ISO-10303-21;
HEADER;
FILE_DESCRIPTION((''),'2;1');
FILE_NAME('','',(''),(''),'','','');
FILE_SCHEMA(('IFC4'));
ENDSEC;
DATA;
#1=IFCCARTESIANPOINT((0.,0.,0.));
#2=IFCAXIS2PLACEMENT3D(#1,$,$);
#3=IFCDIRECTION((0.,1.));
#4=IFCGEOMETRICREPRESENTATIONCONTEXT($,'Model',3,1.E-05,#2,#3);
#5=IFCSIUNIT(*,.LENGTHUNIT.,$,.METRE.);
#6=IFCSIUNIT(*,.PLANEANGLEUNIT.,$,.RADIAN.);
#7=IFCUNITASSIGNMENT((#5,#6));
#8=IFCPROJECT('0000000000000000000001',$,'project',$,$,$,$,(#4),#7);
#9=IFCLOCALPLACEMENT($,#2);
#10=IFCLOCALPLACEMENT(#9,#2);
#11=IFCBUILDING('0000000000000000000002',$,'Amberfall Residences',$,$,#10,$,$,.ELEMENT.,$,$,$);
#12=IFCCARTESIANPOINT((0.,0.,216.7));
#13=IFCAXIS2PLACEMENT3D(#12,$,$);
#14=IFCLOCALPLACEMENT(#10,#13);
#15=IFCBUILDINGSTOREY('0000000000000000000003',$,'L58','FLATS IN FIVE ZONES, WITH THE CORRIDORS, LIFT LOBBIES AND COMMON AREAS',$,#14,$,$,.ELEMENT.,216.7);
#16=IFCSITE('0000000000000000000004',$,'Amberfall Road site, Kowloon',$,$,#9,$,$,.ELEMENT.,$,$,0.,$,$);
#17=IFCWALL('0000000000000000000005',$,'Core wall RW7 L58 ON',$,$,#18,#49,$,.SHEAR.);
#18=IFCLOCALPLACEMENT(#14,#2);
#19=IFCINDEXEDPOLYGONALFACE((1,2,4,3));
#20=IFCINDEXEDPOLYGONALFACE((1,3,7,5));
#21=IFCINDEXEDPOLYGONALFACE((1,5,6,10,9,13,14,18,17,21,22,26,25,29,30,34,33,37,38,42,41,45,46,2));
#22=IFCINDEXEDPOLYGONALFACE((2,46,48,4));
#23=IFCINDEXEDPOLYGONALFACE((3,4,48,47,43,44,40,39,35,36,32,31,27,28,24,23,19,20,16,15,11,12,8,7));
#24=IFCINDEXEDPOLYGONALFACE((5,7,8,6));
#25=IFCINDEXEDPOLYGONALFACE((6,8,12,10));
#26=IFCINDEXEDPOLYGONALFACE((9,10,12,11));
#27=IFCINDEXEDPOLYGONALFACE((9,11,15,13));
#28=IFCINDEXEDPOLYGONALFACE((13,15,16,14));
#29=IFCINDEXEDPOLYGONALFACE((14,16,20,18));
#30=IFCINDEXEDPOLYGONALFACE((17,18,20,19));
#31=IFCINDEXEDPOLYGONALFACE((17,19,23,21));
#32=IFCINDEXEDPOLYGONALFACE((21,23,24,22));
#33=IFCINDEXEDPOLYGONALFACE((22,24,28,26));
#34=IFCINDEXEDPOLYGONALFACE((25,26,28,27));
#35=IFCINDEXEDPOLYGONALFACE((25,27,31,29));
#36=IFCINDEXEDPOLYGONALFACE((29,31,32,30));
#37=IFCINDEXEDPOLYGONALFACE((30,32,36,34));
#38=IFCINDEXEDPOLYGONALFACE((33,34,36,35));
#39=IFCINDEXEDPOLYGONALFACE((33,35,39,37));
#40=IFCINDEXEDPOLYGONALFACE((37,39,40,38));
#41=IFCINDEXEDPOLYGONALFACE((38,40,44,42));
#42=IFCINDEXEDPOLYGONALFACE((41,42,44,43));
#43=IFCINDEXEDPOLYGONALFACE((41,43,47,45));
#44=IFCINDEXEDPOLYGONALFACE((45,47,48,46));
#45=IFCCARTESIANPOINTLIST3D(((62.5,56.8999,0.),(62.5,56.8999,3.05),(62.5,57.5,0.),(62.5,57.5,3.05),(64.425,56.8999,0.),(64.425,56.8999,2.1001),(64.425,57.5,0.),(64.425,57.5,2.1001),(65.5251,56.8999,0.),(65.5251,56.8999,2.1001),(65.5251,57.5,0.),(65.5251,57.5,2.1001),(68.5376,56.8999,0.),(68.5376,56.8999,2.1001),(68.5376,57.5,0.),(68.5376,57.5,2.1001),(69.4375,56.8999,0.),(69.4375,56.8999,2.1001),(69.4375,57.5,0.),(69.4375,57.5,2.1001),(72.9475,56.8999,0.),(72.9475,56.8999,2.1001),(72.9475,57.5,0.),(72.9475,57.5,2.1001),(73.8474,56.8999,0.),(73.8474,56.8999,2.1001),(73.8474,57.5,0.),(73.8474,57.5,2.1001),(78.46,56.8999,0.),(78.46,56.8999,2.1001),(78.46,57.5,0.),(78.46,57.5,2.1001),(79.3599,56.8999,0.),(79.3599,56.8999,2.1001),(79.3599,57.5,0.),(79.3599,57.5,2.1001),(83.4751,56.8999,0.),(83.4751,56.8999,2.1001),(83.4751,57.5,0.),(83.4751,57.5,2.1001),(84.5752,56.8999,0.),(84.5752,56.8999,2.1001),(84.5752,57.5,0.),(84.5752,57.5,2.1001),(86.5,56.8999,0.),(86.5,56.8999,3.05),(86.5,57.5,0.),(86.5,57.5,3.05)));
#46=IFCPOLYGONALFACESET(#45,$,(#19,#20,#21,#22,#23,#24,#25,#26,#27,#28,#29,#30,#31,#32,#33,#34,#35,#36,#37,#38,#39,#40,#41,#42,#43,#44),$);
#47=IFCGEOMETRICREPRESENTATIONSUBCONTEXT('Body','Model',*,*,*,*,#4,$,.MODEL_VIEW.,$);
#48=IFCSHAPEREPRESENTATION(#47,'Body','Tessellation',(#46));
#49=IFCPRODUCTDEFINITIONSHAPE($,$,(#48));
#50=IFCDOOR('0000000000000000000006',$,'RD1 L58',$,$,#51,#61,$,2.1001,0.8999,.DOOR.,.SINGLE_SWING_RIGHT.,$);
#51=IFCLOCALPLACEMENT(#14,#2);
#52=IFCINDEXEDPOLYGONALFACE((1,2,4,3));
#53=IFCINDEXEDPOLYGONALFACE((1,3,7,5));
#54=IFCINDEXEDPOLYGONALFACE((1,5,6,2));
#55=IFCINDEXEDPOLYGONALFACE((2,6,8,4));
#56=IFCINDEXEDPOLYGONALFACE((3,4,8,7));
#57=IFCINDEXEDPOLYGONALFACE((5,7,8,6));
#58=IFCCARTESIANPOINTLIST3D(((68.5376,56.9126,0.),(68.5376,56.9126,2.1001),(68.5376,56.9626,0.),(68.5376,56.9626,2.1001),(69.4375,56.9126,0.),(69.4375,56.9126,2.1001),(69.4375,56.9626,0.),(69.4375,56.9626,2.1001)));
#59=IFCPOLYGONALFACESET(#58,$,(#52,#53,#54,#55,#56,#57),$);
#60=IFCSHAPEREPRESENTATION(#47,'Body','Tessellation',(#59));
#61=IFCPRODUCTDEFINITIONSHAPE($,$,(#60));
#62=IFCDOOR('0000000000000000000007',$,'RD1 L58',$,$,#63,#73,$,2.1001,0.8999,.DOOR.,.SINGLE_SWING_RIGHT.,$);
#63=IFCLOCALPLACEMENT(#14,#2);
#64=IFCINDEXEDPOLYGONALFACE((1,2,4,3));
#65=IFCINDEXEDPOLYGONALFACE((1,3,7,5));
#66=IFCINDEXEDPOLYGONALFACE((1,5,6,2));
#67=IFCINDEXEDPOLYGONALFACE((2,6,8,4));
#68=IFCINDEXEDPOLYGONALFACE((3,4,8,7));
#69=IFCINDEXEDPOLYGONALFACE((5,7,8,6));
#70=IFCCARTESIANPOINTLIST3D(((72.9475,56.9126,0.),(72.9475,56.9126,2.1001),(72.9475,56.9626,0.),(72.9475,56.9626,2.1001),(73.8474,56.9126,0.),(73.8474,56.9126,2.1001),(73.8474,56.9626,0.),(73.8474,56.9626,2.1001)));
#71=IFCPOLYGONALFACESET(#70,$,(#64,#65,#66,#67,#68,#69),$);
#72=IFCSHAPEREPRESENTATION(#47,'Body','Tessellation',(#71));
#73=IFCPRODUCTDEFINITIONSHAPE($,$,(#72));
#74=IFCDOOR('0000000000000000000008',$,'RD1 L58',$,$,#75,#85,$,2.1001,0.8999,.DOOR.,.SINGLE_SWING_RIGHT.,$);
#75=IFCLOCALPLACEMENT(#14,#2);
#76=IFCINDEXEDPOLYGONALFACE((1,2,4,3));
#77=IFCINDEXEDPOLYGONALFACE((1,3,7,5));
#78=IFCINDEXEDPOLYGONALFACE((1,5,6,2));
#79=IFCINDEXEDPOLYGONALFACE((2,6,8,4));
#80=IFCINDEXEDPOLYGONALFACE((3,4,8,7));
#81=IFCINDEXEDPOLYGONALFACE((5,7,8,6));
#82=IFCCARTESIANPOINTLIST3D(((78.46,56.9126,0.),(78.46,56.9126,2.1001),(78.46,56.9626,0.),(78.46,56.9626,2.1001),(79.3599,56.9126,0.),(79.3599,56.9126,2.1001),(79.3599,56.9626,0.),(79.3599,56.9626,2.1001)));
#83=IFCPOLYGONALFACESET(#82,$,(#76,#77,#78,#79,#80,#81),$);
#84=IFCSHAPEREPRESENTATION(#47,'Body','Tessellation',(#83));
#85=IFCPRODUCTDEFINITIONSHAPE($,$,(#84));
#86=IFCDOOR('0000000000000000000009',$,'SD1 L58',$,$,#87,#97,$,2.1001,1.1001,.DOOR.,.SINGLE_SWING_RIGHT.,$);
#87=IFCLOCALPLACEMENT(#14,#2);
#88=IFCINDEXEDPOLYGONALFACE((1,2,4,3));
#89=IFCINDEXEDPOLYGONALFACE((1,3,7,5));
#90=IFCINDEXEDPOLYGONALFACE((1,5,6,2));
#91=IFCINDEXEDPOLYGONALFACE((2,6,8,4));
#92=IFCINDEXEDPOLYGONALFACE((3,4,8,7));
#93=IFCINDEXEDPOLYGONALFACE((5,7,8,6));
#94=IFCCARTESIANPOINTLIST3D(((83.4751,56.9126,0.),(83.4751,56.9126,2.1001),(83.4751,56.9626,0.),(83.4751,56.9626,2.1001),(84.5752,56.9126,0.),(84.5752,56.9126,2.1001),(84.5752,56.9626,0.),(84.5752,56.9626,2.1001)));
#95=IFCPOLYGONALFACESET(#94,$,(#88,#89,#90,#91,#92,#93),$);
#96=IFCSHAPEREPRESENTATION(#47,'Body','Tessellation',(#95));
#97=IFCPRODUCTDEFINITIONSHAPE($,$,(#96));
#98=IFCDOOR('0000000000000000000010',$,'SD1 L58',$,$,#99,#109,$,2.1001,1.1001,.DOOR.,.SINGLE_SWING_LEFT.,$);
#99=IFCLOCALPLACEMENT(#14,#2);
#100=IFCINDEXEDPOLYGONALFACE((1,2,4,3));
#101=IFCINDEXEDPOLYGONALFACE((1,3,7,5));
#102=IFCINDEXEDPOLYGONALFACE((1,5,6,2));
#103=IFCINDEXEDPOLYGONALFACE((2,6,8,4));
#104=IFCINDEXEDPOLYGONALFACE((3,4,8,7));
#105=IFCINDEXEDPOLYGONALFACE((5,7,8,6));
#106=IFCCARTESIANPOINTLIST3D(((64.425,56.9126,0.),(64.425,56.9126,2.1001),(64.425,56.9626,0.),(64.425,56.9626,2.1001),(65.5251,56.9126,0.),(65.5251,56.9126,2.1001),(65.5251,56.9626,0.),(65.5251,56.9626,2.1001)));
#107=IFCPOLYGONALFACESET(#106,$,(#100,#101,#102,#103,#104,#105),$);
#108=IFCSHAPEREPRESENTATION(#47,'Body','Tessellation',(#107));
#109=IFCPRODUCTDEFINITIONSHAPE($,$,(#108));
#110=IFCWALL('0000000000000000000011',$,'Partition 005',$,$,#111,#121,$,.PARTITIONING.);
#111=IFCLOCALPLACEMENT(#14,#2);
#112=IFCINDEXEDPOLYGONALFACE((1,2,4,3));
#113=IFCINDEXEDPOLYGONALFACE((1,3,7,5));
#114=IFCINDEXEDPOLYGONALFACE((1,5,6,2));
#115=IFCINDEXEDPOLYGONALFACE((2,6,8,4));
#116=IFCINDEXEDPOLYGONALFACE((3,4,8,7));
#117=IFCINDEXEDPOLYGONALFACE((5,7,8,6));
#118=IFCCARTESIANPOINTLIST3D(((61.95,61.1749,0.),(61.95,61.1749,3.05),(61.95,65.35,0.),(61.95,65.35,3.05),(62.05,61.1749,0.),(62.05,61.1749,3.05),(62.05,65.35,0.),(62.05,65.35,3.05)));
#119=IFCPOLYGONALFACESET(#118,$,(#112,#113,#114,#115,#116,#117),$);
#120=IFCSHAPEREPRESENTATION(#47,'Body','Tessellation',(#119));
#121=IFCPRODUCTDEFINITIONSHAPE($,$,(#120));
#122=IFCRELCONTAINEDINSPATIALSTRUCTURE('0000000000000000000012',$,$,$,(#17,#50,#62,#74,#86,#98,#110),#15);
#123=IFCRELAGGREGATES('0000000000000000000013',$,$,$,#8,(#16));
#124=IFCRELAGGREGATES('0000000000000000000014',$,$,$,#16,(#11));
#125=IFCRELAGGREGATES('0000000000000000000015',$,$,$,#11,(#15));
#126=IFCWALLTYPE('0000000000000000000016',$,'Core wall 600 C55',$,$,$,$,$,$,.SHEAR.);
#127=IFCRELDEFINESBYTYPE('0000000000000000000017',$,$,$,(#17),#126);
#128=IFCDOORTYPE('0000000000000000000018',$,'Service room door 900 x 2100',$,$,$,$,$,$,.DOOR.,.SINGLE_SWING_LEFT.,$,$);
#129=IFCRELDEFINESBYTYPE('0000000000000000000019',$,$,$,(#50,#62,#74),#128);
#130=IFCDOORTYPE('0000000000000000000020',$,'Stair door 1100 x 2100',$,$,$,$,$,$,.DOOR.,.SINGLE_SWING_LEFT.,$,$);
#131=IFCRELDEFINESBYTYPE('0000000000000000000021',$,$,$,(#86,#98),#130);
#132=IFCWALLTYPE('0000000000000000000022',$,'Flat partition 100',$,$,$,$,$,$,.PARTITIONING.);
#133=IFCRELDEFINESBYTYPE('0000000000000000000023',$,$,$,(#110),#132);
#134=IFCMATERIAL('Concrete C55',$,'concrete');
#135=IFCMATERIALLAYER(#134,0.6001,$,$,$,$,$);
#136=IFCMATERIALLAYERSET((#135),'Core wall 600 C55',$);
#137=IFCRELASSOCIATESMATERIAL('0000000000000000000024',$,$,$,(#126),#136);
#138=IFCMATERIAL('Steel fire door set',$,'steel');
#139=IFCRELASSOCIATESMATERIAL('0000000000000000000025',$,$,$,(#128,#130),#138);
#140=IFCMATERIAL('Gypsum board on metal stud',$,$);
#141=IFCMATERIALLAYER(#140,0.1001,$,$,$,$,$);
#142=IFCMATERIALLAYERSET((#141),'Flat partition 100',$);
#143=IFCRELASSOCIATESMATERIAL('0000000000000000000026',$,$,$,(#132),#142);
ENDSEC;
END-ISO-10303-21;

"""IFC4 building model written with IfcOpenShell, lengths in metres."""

from ifc_helpers import new_model, si_unit, direction, frame, frame_2d, origin, place, context, subcontext, project, spatial, rectangle, extrude, material, layer, layer_set, type_object, element, fill, save


model = new_model("IFC4")

# Units and contexts
model_context = context("Model", 3, precision=1e-05, world=origin(), true_north=direction((0.0, 1.0)))
body_context = subcontext(model_context, "Body", "Model", "MODEL_VIEW")
ifc_project = project(units=[si_unit("LENGTHUNIT", "METRE"), si_unit("PLANEANGLEUNIT", "RADIAN")], contexts=[model_context])

# Site, building, storey
site_placement = place(None, origin())
site = spatial("IfcSite", under=ifc_project, at=site_placement, Name="Amberfall Road site, Kowloon", CompositionType="ELEMENT", RefElevation=0.0)
building_placement = place(site_placement, origin())
building = spatial("IfcBuilding", under=site, at=building_placement, Name="Amberfall Residences", CompositionType="ELEMENT")
storey_placement = place(building_placement, frame((0.0, 0.0, 216.7)))
storey = spatial("IfcBuildingStorey", under=building, at=storey_placement, Name="L58", Description="FLATS IN FIVE ZONES, WITH THE CORRIDORS, LIFT LOBBIES AND COMMON AREAS", CompositionType="ELEMENT", Elevation=216.7)

# Shared definitions
ifc_material_1 = material(Name="Concrete C55", Category="concrete")

# Wall, openings, doors
ifc_layer_1 = layer(ifc_material_1, 0.6001)
ifc_layer_set_1 = layer_set([ifc_layer_1], Name="Core wall 600 C55")
wall_type_1 = type_object("IfcWallType", Name="Core wall 600 C55", PredefinedType="SHEAR", material=ifc_layer_set_1)
wall_1_placement = place(storey_placement, frame((62.5, 57.2, 0.0), z_axis=(0.0, 0.0, 1.0), x_axis=(1.0, 0.0, 0.0)))
wall_1 = element("IfcWall", 1, at=wall_1_placement, inside=storey, type_object=wall_type_1, Name="Core wall RW7 L58 ON", PredefinedType="SHEAR", context=body_context, shape_type="SweptSolid", body=[
    extrude(rectangle(XDim=24.0, YDim=0.6001, at=frame_2d((12.0, 0.0))), origin(), (0.0, 0.0, 1.0), 3.05),
])
opening_1_placement = place(wall_1_placement, frame((20.9751, 0.0, 0.0)))
opening_1 = element("IfcOpeningElement", 2, at=opening_1_placement, cuts=wall_1, PredefinedType="OPENING", context=body_context, shape_type="SweptSolid", body=[
    extrude(rectangle(XDim=1.1001, YDim=2.1001, at=frame_2d((0.55, 1.05))), frame((0.0, 0.3101, 0.0), z_axis=(0.0, -1.0, 0.0), x_axis=(1.0, 0.0, 0.0)), (0.0, 0.0, 1.0), 0.6201),
])
opening_2_placement = place(wall_1_placement, frame((1.925, 0.0, 0.0)))
opening_2 = element("IfcOpeningElement", 3, at=opening_2_placement, cuts=wall_1, PredefinedType="OPENING", context=body_context, shape_type="SweptSolid", body=[
    extrude(rectangle(XDim=1.1001, YDim=2.1001, at=frame_2d((0.55, 1.05))), frame((0.0, 0.3101, 0.0), z_axis=(0.0, -1.0, 0.0), x_axis=(1.0, 0.0, 0.0)), (0.0, 0.0, 1.0), 0.6201),
])
opening_3_placement = place(wall_1_placement, frame((6.0376, 0.0, 0.0)))
opening_3 = element("IfcOpeningElement", 4, at=opening_3_placement, cuts=wall_1, PredefinedType="OPENING", context=body_context, shape_type="SweptSolid", body=[
    extrude(rectangle(XDim=0.8999, YDim=2.1001, at=frame_2d((0.45, 1.05))), frame((0.0, 0.3101, 0.0), z_axis=(0.0, -1.0, 0.0), x_axis=(1.0, 0.0, 0.0)), (0.0, 0.0, 1.0), 0.6201),
])
opening_4_placement = place(wall_1_placement, frame((10.4475, 0.0, 0.0)))
opening_4 = element("IfcOpeningElement", 5, at=opening_4_placement, cuts=wall_1, PredefinedType="OPENING", context=body_context, shape_type="SweptSolid", body=[
    extrude(rectangle(XDim=0.8999, YDim=2.1001, at=frame_2d((0.45, 1.05))), frame((0.0, 0.3101, 0.0), z_axis=(0.0, -1.0, 0.0), x_axis=(1.0, 0.0, 0.0)), (0.0, 0.0, 1.0), 0.6201),
])
opening_5_placement = place(wall_1_placement, frame((15.96, 0.0, 0.0)))
opening_5 = element("IfcOpeningElement", 6, at=opening_5_placement, cuts=wall_1, PredefinedType="OPENING", context=body_context, shape_type="SweptSolid", body=[
    extrude(rectangle(XDim=0.8999, YDim=2.1001, at=frame_2d((0.45, 1.05))), frame((0.0, 0.3101, 0.0), z_axis=(0.0, -1.0, 0.0), x_axis=(1.0, 0.0, 0.0)), (0.0, 0.0, 1.0), 0.6201),
])
ifc_material_2 = material(Name="Steel fire door set", Category="steel")
door_type_1 = type_object("IfcDoorType", Name="Service room door 900 x 2100", OperationType="SINGLE_SWING_LEFT", PredefinedType="DOOR", material=ifc_material_2)
door_1_placement = place(opening_3_placement, origin())
door_1 = element("IfcDoor", 7, at=door_1_placement, inside=storey, type_object=door_type_1, Name="RD1 L58", OperationType="SINGLE_SWING_RIGHT", OverallHeight=2.1001, OverallWidth=0.8999, PredefinedType="DOOR", context=body_context, shape_type="SweptSolid", body=[
    extrude(rectangle(XDim=0.8999, YDim=2.1001, at=frame_2d((0.45, 1.05))), frame((0.0, -0.2373, 0.0), z_axis=(0.0, -1.0, 0.0), x_axis=(1.0, 0.0, 0.0)), (0.0, 0.0, 1.0), 0.05),
])
fill(opening_3, door_1)
door_2_placement = place(opening_4_placement, origin())
door_2 = element("IfcDoor", 8, at=door_2_placement, inside=storey, type_object=door_type_1, Name="RD1 L58", OperationType="SINGLE_SWING_RIGHT", OverallHeight=2.1001, OverallWidth=0.8999, PredefinedType="DOOR", context=body_context, shape_type="SweptSolid", body=[
    extrude(rectangle(XDim=0.8999, YDim=2.1001, at=frame_2d((0.45, 1.05))), frame((0.0, -0.2373, 0.0), z_axis=(0.0, -1.0, 0.0), x_axis=(1.0, 0.0, 0.0)), (0.0, 0.0, 1.0), 0.05),
])
fill(opening_4, door_2)
door_3_placement = place(opening_5_placement, origin())
door_3 = element("IfcDoor", 9, at=door_3_placement, inside=storey, type_object=door_type_1, Name="RD1 L58", OperationType="SINGLE_SWING_RIGHT", OverallHeight=2.1001, OverallWidth=0.8999, PredefinedType="DOOR", context=body_context, shape_type="SweptSolid", body=[
    extrude(rectangle(XDim=0.8999, YDim=2.1001, at=frame_2d((0.45, 1.05))), frame((0.0, -0.2373, 0.0), z_axis=(0.0, -1.0, 0.0), x_axis=(1.0, 0.0, 0.0)), (0.0, 0.0, 1.0), 0.05),
])
fill(opening_5, door_3)
door_type_2 = type_object("IfcDoorType", Name="Stair door 1100 x 2100", OperationType="SINGLE_SWING_LEFT", PredefinedType="DOOR", material=ifc_material_2)
door_4_placement = place(opening_1_placement, origin())
door_4 = element("IfcDoor", 10, at=door_4_placement, inside=storey, type_object=door_type_2, Name="SD1 L58", OperationType="SINGLE_SWING_RIGHT", OverallHeight=2.1001, OverallWidth=1.1001, PredefinedType="DOOR", context=body_context, shape_type="SweptSolid", body=[
    extrude(rectangle(XDim=1.1001, YDim=2.1001, at=frame_2d((0.55, 1.05))), frame((0.0, -0.2373, 0.0), z_axis=(0.0, -1.0, 0.0), x_axis=(1.0, 0.0, 0.0)), (0.0, 0.0, 1.0), 0.05),
])
fill(opening_1, door_4)
door_5_placement = place(opening_2_placement, origin())
door_5 = element("IfcDoor", 11, at=door_5_placement, inside=storey, type_object=door_type_2, Name="SD1 L58", OperationType="SINGLE_SWING_LEFT", OverallHeight=2.1001, OverallWidth=1.1001, PredefinedType="DOOR", context=body_context, shape_type="SweptSolid", body=[
    extrude(rectangle(XDim=1.1001, YDim=2.1001, at=frame_2d((0.55, 1.05))), frame((0.0, -0.2373, 0.0), z_axis=(0.0, -1.0, 0.0), x_axis=(1.0, 0.0, 0.0)), (0.0, 0.0, 1.0), 0.05),
])
fill(opening_2, door_5)

# Wall
ifc_material_3 = material(Name="Gypsum board on metal stud")
ifc_layer_2 = layer(ifc_material_3, 0.1001)
ifc_layer_set_2 = layer_set([ifc_layer_2], Name="Flat partition 100")
wall_type_2 = type_object("IfcWallType", Name="Flat partition 100", PredefinedType="PARTITIONING", material=ifc_layer_set_2)
wall_2_placement = place(storey_placement, frame((62.0, 61.175, 0.0), z_axis=(0.0, 0.0, 1.0), x_axis=(0.0, 1.0, 0.0)))
element("IfcWall", 12, at=wall_2_placement, inside=storey, type_object=wall_type_2, Name="Partition 005", PredefinedType="PARTITIONING", context=body_context, shape_type="SweptSolid", body=[
    extrude(rectangle(XDim=4.175, YDim=0.1001, at=frame_2d((2.0874, 0.0))), origin(), (0.0, 0.0, 1.0), 3.05),
])

save(model, "model.ifc")
